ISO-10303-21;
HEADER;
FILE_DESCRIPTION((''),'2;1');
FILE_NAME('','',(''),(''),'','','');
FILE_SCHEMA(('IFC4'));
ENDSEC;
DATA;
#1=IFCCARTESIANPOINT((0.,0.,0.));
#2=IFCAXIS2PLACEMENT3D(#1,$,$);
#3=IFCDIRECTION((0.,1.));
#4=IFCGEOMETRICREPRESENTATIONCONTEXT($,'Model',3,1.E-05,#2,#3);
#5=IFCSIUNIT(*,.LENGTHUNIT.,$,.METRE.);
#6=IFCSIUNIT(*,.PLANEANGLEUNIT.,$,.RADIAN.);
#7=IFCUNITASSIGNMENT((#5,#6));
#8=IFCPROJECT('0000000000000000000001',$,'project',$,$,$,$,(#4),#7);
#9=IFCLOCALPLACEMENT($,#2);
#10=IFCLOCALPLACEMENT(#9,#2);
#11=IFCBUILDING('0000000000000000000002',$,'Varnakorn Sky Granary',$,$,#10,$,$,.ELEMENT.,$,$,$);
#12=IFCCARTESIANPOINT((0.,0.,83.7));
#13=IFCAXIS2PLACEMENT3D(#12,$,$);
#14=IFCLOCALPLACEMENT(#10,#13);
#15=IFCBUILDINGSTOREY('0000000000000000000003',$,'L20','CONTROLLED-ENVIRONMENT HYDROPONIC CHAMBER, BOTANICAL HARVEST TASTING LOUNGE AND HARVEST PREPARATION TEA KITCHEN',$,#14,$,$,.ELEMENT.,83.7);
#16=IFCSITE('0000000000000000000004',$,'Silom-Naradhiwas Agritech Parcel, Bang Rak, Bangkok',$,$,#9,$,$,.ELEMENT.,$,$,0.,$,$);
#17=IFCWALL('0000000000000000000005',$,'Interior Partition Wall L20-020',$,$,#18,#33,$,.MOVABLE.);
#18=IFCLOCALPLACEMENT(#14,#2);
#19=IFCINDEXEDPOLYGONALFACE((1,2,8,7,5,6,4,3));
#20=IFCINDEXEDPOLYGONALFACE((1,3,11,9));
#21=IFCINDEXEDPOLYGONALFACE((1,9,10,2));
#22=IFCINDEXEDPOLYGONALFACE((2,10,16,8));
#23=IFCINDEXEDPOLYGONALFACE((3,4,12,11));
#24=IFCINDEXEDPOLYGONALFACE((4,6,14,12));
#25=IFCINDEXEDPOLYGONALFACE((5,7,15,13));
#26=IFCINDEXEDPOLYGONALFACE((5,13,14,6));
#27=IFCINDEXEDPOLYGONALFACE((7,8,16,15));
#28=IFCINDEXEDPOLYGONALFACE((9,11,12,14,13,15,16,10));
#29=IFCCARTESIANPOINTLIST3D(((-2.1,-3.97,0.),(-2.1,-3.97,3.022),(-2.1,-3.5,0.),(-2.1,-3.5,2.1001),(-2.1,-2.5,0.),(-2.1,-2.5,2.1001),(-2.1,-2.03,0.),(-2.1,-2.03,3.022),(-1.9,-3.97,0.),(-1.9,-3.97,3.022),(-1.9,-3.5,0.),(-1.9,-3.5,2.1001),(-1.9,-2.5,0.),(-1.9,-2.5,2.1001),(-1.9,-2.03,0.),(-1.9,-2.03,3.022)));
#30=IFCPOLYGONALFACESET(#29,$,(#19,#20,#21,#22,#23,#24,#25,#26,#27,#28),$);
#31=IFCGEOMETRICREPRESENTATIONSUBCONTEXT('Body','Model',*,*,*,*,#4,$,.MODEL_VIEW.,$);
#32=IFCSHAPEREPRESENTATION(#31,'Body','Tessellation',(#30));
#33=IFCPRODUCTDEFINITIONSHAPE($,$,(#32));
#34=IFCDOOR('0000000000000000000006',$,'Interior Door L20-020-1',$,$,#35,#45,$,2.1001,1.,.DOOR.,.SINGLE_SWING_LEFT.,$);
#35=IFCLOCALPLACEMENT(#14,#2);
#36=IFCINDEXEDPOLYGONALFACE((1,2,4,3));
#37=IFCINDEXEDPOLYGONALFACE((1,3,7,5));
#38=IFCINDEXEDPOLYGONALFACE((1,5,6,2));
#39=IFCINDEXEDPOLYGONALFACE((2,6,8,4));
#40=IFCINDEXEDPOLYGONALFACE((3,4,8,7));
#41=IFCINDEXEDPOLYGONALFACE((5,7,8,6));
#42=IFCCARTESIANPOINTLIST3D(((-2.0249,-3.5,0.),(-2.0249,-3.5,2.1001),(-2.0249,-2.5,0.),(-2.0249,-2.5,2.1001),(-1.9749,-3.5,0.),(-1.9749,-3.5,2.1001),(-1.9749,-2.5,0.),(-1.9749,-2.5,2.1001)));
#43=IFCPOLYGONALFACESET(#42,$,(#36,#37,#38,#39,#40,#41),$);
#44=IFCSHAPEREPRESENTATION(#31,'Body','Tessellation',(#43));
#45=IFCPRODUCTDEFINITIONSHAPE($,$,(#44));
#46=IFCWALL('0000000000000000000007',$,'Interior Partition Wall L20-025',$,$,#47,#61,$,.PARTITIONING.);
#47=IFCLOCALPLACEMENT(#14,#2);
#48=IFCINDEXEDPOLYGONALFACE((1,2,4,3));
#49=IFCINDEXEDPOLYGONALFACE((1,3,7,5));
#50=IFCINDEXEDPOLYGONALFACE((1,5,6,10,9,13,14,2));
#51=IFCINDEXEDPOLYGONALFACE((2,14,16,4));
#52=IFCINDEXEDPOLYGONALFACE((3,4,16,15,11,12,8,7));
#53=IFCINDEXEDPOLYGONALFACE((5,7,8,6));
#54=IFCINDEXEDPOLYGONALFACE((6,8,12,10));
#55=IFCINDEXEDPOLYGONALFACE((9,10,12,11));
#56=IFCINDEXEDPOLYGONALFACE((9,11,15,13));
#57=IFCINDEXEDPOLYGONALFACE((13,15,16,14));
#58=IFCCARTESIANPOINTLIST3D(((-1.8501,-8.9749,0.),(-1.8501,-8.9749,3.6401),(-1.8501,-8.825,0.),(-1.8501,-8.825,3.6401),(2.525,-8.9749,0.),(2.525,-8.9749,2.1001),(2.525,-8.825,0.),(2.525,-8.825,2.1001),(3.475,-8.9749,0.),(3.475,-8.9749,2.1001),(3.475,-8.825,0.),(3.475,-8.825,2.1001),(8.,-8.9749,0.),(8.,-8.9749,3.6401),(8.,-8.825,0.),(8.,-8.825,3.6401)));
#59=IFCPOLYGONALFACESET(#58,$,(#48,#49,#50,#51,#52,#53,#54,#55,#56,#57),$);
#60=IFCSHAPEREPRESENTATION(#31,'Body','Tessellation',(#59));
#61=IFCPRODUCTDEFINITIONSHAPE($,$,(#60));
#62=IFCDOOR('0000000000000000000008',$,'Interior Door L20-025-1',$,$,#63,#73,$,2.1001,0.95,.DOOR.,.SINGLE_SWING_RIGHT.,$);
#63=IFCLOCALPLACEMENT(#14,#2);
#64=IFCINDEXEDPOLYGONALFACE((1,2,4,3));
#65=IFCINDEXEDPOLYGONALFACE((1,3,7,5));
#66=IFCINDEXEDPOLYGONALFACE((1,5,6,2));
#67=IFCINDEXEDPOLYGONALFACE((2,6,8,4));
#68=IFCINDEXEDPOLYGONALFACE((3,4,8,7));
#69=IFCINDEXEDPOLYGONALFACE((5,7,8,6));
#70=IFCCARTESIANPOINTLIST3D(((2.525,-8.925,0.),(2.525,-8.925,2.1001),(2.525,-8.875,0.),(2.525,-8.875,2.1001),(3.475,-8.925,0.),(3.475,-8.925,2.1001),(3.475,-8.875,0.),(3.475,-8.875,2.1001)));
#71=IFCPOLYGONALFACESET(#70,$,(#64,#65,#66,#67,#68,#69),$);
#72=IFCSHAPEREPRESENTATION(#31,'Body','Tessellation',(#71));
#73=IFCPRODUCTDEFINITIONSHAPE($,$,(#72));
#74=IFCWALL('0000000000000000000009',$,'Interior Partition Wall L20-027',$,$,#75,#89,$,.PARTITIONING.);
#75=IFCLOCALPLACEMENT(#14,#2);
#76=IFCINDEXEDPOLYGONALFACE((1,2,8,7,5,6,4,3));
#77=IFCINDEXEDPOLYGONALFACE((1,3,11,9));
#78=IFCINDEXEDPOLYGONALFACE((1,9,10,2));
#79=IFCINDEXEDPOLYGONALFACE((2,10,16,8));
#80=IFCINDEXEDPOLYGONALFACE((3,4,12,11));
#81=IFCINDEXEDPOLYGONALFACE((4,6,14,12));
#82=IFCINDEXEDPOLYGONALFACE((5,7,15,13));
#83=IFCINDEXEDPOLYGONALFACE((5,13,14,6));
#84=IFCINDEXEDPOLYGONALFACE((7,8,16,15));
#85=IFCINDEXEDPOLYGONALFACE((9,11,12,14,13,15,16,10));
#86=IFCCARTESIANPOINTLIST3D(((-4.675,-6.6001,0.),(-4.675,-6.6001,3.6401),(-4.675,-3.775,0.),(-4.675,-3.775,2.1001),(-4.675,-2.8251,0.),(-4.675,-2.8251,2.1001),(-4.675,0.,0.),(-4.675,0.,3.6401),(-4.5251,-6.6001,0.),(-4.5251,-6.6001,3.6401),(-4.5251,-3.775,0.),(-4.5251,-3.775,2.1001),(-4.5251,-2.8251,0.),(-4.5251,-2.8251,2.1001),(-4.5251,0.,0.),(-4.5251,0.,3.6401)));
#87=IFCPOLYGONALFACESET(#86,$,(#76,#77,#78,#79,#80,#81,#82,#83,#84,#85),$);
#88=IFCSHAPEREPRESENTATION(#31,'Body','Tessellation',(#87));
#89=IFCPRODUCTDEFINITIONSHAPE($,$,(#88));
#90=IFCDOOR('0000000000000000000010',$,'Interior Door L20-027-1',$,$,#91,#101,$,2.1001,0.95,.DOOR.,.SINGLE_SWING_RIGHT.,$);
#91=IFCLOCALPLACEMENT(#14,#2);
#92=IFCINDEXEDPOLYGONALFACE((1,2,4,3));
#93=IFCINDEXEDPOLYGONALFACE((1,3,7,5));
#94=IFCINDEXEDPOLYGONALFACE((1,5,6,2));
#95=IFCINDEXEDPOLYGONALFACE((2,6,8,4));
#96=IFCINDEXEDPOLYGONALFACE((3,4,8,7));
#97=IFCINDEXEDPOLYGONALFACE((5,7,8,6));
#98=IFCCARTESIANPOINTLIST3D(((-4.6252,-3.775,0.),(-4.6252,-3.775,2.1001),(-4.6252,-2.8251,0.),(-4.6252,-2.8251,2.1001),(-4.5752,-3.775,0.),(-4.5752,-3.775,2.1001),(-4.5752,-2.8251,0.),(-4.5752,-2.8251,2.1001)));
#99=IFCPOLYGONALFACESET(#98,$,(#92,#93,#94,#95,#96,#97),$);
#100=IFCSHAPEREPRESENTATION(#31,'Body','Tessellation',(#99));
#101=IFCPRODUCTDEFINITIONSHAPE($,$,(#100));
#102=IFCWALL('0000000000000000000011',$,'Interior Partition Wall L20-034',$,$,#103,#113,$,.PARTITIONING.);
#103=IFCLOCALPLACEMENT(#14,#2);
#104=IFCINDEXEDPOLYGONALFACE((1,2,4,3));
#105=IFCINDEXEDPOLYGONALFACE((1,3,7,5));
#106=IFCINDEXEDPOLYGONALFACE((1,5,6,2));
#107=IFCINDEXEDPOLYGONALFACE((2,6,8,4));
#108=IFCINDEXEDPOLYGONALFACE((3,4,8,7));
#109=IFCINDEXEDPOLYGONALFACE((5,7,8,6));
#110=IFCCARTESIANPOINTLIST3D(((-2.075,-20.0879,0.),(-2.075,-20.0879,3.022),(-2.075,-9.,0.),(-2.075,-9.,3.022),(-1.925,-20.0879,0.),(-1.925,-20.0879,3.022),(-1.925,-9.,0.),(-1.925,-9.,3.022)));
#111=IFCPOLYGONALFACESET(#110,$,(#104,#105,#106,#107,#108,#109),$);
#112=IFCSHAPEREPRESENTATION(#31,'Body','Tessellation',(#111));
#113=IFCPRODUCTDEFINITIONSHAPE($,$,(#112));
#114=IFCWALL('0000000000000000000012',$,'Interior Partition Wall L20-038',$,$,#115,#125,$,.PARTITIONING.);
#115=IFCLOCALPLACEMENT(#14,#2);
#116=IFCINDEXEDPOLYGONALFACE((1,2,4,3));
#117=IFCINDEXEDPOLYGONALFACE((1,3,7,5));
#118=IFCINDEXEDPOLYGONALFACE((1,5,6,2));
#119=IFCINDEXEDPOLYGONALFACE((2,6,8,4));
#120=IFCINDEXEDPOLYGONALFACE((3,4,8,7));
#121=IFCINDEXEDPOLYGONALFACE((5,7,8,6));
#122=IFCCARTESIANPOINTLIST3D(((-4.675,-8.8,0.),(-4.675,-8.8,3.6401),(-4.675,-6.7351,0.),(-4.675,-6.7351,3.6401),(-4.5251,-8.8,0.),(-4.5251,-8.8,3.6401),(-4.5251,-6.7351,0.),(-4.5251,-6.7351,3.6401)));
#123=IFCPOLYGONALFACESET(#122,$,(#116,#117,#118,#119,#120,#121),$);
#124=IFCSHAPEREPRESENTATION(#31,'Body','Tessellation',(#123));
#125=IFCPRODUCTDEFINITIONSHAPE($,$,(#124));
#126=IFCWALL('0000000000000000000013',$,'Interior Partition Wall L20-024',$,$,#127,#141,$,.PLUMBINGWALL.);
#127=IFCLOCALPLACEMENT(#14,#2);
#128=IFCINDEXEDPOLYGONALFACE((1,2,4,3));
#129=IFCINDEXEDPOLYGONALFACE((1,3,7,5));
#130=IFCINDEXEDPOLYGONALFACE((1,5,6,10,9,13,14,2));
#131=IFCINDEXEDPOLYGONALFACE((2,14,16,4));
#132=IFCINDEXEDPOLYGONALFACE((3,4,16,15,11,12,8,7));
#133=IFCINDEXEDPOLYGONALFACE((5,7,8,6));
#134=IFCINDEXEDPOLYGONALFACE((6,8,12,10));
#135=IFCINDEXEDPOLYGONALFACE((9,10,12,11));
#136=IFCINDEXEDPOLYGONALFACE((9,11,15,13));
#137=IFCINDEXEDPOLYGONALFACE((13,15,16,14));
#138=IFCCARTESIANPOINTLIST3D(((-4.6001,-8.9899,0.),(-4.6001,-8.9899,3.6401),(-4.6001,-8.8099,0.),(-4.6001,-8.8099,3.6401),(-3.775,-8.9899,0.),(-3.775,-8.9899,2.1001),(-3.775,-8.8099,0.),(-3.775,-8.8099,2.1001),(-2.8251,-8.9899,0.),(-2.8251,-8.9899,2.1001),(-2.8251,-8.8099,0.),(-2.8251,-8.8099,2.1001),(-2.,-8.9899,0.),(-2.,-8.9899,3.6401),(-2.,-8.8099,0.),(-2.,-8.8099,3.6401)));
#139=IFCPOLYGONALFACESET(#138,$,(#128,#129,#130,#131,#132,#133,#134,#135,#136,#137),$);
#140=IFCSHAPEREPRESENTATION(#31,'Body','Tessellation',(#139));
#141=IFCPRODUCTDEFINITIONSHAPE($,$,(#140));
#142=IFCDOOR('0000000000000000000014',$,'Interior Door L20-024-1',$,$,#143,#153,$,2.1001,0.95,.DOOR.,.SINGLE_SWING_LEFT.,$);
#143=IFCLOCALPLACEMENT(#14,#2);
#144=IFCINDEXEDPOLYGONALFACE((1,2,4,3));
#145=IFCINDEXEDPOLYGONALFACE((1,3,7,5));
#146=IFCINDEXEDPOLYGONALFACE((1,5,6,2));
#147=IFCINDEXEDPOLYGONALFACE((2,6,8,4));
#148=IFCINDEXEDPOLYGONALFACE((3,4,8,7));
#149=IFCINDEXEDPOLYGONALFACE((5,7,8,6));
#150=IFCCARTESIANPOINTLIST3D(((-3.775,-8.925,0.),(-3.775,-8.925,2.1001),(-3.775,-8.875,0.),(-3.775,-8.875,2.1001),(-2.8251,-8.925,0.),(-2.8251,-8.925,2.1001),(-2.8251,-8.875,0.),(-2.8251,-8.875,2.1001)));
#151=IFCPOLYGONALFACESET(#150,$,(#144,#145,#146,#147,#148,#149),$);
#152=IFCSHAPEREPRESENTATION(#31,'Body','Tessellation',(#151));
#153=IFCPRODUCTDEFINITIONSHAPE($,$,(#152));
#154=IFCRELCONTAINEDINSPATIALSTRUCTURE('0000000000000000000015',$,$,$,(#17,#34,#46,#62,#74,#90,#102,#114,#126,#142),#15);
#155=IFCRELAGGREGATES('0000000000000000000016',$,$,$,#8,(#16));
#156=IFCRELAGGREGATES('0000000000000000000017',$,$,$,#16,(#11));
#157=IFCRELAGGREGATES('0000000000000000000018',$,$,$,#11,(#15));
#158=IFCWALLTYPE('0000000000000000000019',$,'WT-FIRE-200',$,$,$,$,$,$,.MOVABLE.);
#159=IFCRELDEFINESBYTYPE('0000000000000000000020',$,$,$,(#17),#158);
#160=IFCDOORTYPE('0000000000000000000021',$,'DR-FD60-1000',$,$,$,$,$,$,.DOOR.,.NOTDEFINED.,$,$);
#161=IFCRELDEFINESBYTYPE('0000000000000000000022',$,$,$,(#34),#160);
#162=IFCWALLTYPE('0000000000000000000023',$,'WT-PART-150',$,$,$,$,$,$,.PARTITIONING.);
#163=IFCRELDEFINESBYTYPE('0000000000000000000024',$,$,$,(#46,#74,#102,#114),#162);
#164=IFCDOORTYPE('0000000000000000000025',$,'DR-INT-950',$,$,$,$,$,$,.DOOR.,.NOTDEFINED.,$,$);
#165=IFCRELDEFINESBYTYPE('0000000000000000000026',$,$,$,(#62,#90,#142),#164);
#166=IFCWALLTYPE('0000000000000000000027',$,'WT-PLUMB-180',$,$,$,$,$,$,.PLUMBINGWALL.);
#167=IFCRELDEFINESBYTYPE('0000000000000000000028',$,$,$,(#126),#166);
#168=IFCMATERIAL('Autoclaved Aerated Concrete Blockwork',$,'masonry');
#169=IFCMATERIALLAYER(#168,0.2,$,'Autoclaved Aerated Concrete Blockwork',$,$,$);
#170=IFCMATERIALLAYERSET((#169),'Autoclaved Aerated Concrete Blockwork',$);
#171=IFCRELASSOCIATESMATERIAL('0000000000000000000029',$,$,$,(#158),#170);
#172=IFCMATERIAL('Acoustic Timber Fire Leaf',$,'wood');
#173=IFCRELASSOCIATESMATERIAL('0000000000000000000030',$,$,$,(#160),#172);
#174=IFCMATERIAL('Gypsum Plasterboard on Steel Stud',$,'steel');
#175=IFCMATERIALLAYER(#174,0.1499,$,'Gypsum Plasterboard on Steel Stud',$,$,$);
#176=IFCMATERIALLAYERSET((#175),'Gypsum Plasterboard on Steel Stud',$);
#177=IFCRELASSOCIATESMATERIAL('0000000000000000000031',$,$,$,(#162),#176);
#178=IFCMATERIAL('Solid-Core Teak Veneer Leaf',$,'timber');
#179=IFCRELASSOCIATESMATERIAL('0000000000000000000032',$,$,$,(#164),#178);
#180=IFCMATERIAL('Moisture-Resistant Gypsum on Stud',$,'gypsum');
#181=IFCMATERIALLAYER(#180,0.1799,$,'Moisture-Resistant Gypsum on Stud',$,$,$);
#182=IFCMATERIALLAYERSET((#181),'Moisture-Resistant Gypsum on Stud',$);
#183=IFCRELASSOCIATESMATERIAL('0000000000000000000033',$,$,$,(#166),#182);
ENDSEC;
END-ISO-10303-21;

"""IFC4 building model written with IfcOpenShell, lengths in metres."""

from ifc_helpers import new_model, si_unit, direction, frame, frame_2d, origin, place, context, subcontext, project, spatial, rectangle, extrude, material, layer, layer_set, type_object, element, fill, save


model = new_model("IFC4")

# Units and contexts
model_context = context("Model", 3, precision=1e-05, world=origin(), true_north=direction((0.0, 1.0)))
body_context = subcontext(model_context, "Body", "Model", "MODEL_VIEW")
ifc_project = project(units=[si_unit("LENGTHUNIT", "METRE"), si_unit("PLANEANGLEUNIT", "RADIAN")], contexts=[model_context])

# Site, building, storey
site_placement = place(None, origin())
site = spatial("IfcSite", under=ifc_project, at=site_placement, Name="Silom-Naradhiwas Agritech Parcel, Bang Rak, Bangkok", CompositionType="ELEMENT", RefElevation=0.0)
building_placement = place(site_placement, origin())
building = spatial("IfcBuilding", under=site, at=building_placement, Name="Varnakorn Sky Granary", CompositionType="ELEMENT")
storey_placement = place(building_placement, frame((0.0, 0.0, 83.7)))
storey = spatial("IfcBuildingStorey", under=building, at=storey_placement, Name="L20", Description="CONTROLLED-ENVIRONMENT HYDROPONIC CHAMBER, BOTANICAL HARVEST TASTING LOUNGE AND HARVEST PREPARATION TEA KITCHEN", CompositionType="ELEMENT", Elevation=83.7)

# Walls, openings, doors
ifc_material_1 = material(Name="Autoclaved Aerated Concrete Blockwork", Category="masonry")
ifc_layer_1 = layer(ifc_material_1, 0.2, Name="Autoclaved Aerated Concrete Blockwork")
ifc_layer_set_1 = layer_set([ifc_layer_1], Name="Autoclaved Aerated Concrete Blockwork")
wall_type_1 = type_object("IfcWallType", Name="WT-FIRE-200", PredefinedType="MOVABLE", material=ifc_layer_set_1)
wall_1_placement = place(storey_placement, frame((-2.0, -3.97, 0.0), z_axis=(0.0, 0.0, 1.0), x_axis=(0.0, 1.0, 0.0)))
wall_1 = element("IfcWall", 1, at=wall_1_placement, inside=storey, type_object=wall_type_1, Name="Interior Partition Wall L20-020", PredefinedType="MOVABLE", context=body_context, shape_type="SweptSolid", body=[
    extrude(rectangle(XDim=1.9399, YDim=0.2, at=frame_2d((0.97, 0.0))), origin(), (0.0, 0.0, 1.0), 3.022),
])
opening_1_placement = place(wall_1_placement, frame((0.47, 0.0, 0.0)))
opening_1 = element("IfcOpeningElement", 2, at=opening_1_placement, cuts=wall_1, PredefinedType="OPENING", context=body_context, shape_type="SweptSolid", body=[
    extrude(rectangle(XDim=1.0, YDim=2.1001, at=frame_2d((0.5, 1.05))), frame((0.0, 0.1099, 0.0), z_axis=(0.0, -1.0, 0.0), x_axis=(1.0, 0.0, 0.0)), (0.0, 0.0, 1.0), 0.22),
])
ifc_material_2 = material(Name="Acoustic Timber Fire Leaf", Category="wood")
door_type_1 = type_object("IfcDoorType", Name="DR-FD60-1000", OperationType="NOTDEFINED", PredefinedType="DOOR", material=ifc_material_2)
door_1_placement = place(opening_1_placement, origin())
door_1 = element("IfcDoor", 3, at=door_1_placement, inside=storey, type_object=door_type_1, Name="Interior Door L20-020-1", OperationType="SINGLE_SWING_LEFT", OverallHeight=2.1001, OverallWidth=1.0, PredefinedType="DOOR", context=body_context, shape_type="SweptSolid", body=[
    extrude(rectangle(XDim=1.0, YDim=2.1001, at=frame_2d((0.5, 1.05))), frame((0.0, 0.0249, 0.0), z_axis=(0.0, -1.0, 0.0), x_axis=(1.0, 0.0, 0.0)), (0.0, 0.0, 1.0), 0.05),
])
fill(opening_1, door_1)
ifc_material_3 = material(Name="Gypsum Plasterboard on Steel Stud", Category="steel")
ifc_layer_2 = layer(ifc_material_3, 0.1499, Name="Gypsum Plasterboard on Steel Stud")
ifc_layer_set_2 = layer_set([ifc_layer_2], Name="Gypsum Plasterboard on Steel Stud")
wall_type_2 = type_object("IfcWallType", Name="WT-PART-150", PredefinedType="PARTITIONING", material=ifc_layer_set_2)
wall_2_placement = place(storey_placement, frame((-1.8501, -8.8999, 0.0), z_axis=(0.0, 0.0, 1.0), x_axis=(1.0, 0.0, 0.0)))
wall_2 = element("IfcWall", 4, at=wall_2_placement, inside=storey, type_object=wall_type_2, Name="Interior Partition Wall L20-025", PredefinedType="PARTITIONING", context=body_context, shape_type="SweptSolid", body=[
    extrude(rectangle(XDim=9.8501, YDim=0.1499, at=frame_2d((4.925, 0.0))), origin(), (0.0, 0.0, 1.0), 3.6401),
])
opening_2_placement = place(wall_2_placement, frame((4.375, 0.0, 0.0)))
opening_2 = element("IfcOpeningElement", 5, at=opening_2_placement, cuts=wall_2, PredefinedType="OPENING", context=body_context, shape_type="SweptSolid", body=[
    extrude(rectangle(XDim=0.95, YDim=2.1001, at=frame_2d((0.4751, 1.05))), frame((0.0, 0.085, 0.0), z_axis=(0.0, -1.0, 0.0), x_axis=(1.0, 0.0, 0.0)), (0.0, 0.0, 1.0), 0.1699),
])
ifc_material_4 = material(Name="Solid-Core Teak Veneer Leaf", Category="timber")
door_type_2 = type_object("IfcDoorType", Name="DR-INT-950", OperationType="NOTDEFINED", PredefinedType="DOOR", material=ifc_material_4)
door_2_placement = place(opening_2_placement, origin())
door_2 = element("IfcDoor", 6, at=door_2_placement, inside=storey, type_object=door_type_2, Name="Interior Door L20-025-1", OperationType="SINGLE_SWING_RIGHT", OverallHeight=2.1001, OverallWidth=0.95, PredefinedType="DOOR", context=body_context, shape_type="SweptSolid", body=[
    extrude(rectangle(XDim=0.95, YDim=2.1001, at=frame_2d((0.4751, 1.05))), frame((0.0, 0.0249, 0.0), z_axis=(0.0, -1.0, 0.0), x_axis=(1.0, 0.0, 0.0)), (0.0, 0.0, 1.0), 0.05),
])
fill(opening_2, door_2)
wall_3_placement = place(storey_placement, frame((-4.6001, 0.0, 0.0), z_axis=(0.0, 0.0, 1.0), x_axis=(0.0, -1.0, 0.0)))
wall_3 = element("IfcWall", 7, at=wall_3_placement, inside=storey, type_object=wall_type_2, Name="Interior Partition Wall L20-027", PredefinedType="PARTITIONING", context=body_context, shape_type="SweptSolid", body=[
    extrude(rectangle(XDim=6.6001, YDim=0.1499, at=frame_2d((3.3, 0.0))), origin(), (0.0, 0.0, 1.0), 3.6401),
])
opening_3_placement = place(wall_3_placement, frame((2.825, 0.0, 0.0)))
opening_3 = element("IfcOpeningElement", 8, at=opening_3_placement, cuts=wall_3, PredefinedType="OPENING", context=body_context, shape_type="SweptSolid", body=[
    extrude(rectangle(XDim=0.95, YDim=2.1001, at=frame_2d((0.4751, 1.05))), frame((0.0, 0.085, 0.0), z_axis=(0.0, -1.0, 0.0), x_axis=(1.0, 0.0, 0.0)), (0.0, 0.0, 1.0), 0.1699),
])
door_3_placement = place(opening_3_placement, origin())
door_3 = element("IfcDoor", 9, at=door_3_placement, inside=storey, type_object=door_type_2, Name="Interior Door L20-027-1", OperationType="SINGLE_SWING_RIGHT", OverallHeight=2.1001, OverallWidth=0.95, PredefinedType="DOOR", context=body_context, shape_type="SweptSolid", body=[
    extrude(rectangle(XDim=0.95, YDim=2.1001, at=frame_2d((0.4751, 1.05))), frame((0.0, 0.0249, 0.0), z_axis=(0.0, -1.0, 0.0), x_axis=(1.0, 0.0, 0.0)), (0.0, 0.0, 1.0), 0.05),
])
fill(opening_3, door_3)

# Walls
wall_4_placement = place(storey_placement, frame((-2.0, -9.0, 0.0), z_axis=(0.0, 0.0, 1.0), x_axis=(0.0, -1.0, 0.0)))
element("IfcWall", 10, at=wall_4_placement, inside=storey, type_object=wall_type_2, Name="Interior Partition Wall L20-034", PredefinedType="PARTITIONING", context=body_context, shape_type="SweptSolid", body=[
    extrude(rectangle(XDim=11.0879, YDim=0.1499, at=frame_2d((5.5439, 0.0))), origin(), (0.0, 0.0, 1.0), 3.022),
])
wall_5_placement = place(storey_placement, frame((-4.6001, -6.7351, 0.0), z_axis=(0.0, 0.0, 1.0), x_axis=(0.0, -1.0, 0.0)))
element("IfcWall", 11, at=wall_5_placement, inside=storey, type_object=wall_type_2, Name="Interior Partition Wall L20-038", PredefinedType="PARTITIONING", context=body_context, shape_type="SweptSolid", body=[
    extrude(rectangle(XDim=2.0649, YDim=0.1499, at=frame_2d((1.0325, 0.0))), origin(), (0.0, 0.0, 1.0), 3.6401),
])

# Wall, opening, door
ifc_material_5 = material(Name="Moisture-Resistant Gypsum on Stud", Category="gypsum")
ifc_layer_3 = layer(ifc_material_5, 0.1799, Name="Moisture-Resistant Gypsum on Stud")
ifc_layer_set_3 = layer_set([ifc_layer_3], Name="Moisture-Resistant Gypsum on Stud")
wall_type_3 = type_object("IfcWallType", Name="WT-PLUMB-180", PredefinedType="PLUMBINGWALL", material=ifc_layer_set_3)
wall_6_placement = place(storey_placement, frame((-4.6001, -8.8999, 0.0), z_axis=(0.0, 0.0, 1.0), x_axis=(1.0, 0.0, 0.0)))
wall_6 = element("IfcWall", 12, at=wall_6_placement, inside=storey, type_object=wall_type_3, Name="Interior Partition Wall L20-024", PredefinedType="PLUMBINGWALL", context=body_context, shape_type="SweptSolid", body=[
    extrude(rectangle(XDim=2.6001, YDim=0.1799, at=frame_2d((1.3, 0.0))), origin(), (0.0, 0.0, 1.0), 3.6401),
])
opening_4_placement = place(wall_6_placement, frame((0.825, 0.0, 0.0)))
opening_4 = element("IfcOpeningElement", 13, at=opening_4_placement, cuts=wall_6, PredefinedType="OPENING", context=body_context, shape_type="SweptSolid", body=[
    extrude(rectangle(XDim=0.95, YDim=2.1001, at=frame_2d((0.4751, 1.05))), frame((0.0, 0.1001, 0.0), z_axis=(0.0, -1.0, 0.0), x_axis=(1.0, 0.0, 0.0)), (0.0, 0.0, 1.0), 0.2),
])
door_4_placement = place(opening_4_placement, origin())
door_4 = element("IfcDoor", 14, at=door_4_placement, inside=storey, type_object=door_type_2, Name="Interior Door L20-024-1", OperationType="SINGLE_SWING_LEFT", OverallHeight=2.1001, OverallWidth=0.95, PredefinedType="DOOR", context=body_context, shape_type="SweptSolid", body=[
    extrude(rectangle(XDim=0.95, YDim=2.1001, at=frame_2d((0.4751, 1.05))), frame((0.0, 0.0249, 0.0), z_axis=(0.0, -1.0, 0.0), x_axis=(1.0, 0.0, 0.0)), (0.0, 0.0, 1.0), 0.05),
])
fill(opening_4, door_4)

save(model, "model.ifc")
